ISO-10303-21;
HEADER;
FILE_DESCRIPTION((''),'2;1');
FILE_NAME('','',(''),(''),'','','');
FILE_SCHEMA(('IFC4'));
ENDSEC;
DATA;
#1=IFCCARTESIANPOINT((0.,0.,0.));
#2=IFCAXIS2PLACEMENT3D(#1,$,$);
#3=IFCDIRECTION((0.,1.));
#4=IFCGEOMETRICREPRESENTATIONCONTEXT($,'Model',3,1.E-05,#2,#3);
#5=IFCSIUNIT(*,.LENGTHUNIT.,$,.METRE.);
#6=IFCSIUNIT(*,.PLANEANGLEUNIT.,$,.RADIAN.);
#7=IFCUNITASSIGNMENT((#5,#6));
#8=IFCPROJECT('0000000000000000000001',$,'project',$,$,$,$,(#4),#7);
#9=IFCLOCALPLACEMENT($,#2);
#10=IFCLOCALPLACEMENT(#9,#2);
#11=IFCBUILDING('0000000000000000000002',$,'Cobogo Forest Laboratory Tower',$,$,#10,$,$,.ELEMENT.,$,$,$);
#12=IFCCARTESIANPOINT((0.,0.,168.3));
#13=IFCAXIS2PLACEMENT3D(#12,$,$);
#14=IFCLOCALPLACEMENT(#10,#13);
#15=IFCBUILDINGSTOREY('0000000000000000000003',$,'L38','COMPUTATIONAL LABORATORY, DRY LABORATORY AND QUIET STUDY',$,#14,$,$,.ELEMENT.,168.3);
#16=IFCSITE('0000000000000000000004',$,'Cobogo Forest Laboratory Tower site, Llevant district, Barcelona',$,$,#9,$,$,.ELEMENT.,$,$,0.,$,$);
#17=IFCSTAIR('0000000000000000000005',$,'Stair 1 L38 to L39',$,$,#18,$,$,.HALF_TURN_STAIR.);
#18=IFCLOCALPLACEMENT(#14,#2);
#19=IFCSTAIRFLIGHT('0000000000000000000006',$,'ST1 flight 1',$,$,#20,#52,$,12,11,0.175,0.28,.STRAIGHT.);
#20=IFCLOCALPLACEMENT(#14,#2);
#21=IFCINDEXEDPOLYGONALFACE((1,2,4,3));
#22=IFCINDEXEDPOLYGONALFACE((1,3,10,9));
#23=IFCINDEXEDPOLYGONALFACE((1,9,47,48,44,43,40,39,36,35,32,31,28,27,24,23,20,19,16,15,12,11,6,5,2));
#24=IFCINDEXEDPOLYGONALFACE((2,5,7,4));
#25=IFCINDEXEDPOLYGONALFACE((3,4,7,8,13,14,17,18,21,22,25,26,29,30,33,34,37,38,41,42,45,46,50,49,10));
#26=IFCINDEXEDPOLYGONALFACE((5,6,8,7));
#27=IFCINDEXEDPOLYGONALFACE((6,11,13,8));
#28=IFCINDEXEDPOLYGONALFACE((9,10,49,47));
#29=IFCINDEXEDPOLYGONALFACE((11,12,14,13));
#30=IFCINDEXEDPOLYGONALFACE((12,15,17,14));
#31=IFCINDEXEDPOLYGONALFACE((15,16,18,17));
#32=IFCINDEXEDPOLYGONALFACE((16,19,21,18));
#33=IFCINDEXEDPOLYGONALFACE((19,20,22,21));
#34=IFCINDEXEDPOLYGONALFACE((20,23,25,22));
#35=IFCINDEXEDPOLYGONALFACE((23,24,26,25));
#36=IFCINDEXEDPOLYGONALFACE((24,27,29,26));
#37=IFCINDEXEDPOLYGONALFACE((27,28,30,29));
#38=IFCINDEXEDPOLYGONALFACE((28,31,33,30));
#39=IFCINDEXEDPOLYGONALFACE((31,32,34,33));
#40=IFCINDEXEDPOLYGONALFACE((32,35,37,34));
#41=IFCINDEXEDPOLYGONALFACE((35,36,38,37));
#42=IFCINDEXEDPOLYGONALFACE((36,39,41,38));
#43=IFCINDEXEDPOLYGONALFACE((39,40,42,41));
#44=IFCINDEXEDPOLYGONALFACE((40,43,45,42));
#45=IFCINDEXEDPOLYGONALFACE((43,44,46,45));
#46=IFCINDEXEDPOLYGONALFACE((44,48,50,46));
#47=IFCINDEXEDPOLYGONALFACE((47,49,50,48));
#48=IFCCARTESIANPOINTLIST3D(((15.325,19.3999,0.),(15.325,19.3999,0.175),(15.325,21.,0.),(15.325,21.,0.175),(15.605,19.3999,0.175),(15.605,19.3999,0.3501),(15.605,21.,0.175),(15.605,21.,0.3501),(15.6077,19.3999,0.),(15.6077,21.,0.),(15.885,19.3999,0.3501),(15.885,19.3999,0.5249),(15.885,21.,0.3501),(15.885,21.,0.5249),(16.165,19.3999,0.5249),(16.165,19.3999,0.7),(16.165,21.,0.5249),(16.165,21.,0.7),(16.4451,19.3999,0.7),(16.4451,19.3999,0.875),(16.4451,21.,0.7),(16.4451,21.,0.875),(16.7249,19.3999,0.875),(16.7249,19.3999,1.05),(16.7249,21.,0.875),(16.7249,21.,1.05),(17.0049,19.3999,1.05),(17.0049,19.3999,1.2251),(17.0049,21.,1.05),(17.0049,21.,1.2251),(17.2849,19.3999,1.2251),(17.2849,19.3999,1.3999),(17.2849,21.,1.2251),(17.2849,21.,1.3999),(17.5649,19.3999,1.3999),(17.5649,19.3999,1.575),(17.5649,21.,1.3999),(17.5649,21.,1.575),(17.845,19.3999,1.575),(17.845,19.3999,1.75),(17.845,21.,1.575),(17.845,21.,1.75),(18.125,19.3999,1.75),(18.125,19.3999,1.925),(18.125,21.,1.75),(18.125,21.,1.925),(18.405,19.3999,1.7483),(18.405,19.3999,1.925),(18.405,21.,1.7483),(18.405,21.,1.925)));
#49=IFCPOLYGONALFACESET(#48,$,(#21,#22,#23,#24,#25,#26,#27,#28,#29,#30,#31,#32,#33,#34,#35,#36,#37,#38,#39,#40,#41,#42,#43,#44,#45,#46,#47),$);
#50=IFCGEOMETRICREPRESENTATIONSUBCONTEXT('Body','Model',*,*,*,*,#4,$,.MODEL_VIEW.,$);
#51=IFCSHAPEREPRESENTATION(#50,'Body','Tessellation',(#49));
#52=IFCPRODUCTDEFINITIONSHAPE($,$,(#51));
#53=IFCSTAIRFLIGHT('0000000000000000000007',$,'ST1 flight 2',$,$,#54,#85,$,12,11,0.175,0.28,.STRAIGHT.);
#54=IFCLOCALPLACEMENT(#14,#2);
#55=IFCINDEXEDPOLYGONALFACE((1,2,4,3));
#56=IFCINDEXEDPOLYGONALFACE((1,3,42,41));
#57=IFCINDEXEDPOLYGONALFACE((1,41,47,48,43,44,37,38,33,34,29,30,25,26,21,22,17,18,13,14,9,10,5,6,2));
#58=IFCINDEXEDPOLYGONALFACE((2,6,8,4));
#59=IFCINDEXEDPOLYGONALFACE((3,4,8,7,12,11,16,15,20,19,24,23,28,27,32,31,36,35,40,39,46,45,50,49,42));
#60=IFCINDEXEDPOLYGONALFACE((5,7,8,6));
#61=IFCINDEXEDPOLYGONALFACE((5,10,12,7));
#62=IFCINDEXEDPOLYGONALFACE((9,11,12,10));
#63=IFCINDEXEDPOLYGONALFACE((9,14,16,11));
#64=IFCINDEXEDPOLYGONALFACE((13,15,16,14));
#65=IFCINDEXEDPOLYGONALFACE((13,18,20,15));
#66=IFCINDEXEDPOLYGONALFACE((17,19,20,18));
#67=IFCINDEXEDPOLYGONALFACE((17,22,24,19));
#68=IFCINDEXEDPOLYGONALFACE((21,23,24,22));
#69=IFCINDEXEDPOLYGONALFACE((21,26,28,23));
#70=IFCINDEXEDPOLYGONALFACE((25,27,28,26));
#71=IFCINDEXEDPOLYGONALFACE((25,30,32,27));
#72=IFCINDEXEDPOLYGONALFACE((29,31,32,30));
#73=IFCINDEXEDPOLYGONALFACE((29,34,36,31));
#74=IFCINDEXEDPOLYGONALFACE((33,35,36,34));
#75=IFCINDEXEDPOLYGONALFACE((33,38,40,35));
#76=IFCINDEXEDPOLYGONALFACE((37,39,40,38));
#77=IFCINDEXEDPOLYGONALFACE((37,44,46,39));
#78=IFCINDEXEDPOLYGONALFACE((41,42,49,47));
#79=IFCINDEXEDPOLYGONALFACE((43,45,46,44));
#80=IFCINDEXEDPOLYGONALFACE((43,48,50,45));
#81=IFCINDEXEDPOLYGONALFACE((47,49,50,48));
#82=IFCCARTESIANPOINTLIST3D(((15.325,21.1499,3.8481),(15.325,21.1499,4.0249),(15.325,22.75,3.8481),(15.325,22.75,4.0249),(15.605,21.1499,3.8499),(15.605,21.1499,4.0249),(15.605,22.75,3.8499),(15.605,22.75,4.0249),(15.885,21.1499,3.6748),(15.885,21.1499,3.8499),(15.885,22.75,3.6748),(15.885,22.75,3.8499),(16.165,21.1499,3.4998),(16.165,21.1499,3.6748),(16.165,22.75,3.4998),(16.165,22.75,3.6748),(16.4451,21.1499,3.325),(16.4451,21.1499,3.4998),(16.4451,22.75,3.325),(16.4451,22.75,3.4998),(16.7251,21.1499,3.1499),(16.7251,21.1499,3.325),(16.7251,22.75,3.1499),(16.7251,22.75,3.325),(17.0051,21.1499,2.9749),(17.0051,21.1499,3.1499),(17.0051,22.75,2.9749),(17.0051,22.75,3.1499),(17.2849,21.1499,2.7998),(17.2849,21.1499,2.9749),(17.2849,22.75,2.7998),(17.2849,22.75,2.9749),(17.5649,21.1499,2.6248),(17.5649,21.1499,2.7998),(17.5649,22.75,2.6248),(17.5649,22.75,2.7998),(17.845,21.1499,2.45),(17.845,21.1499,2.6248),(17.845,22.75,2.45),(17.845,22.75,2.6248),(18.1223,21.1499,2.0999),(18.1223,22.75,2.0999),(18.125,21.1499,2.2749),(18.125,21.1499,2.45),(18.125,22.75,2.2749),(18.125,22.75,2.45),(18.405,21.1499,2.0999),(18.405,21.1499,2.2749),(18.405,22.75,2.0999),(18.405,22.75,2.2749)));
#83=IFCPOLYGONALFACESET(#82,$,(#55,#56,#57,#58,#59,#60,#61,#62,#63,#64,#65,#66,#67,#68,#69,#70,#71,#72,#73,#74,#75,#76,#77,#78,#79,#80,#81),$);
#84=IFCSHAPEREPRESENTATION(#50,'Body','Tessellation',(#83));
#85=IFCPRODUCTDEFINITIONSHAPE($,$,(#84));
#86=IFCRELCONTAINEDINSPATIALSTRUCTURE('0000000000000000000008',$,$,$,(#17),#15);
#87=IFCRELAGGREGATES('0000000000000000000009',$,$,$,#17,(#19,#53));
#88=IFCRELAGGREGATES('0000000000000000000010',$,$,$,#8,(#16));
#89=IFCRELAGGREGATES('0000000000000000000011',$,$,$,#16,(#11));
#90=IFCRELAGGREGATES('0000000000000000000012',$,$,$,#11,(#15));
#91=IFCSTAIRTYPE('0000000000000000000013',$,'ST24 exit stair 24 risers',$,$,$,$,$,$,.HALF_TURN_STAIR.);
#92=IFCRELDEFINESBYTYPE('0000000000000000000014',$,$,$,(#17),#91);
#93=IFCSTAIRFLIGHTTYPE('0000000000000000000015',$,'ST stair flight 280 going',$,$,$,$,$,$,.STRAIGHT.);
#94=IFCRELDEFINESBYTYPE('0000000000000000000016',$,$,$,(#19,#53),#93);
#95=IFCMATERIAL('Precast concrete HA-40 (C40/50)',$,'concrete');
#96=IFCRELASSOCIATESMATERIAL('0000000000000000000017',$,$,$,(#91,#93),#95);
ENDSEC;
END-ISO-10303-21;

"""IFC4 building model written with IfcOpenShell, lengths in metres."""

from ifc_helpers import new_model, si_unit, direction, frame, origin, place, context, subcontext, project, spatial, polyline, outline, extrude, material, type_object, element, aggregate, save


model = new_model("IFC4")

# Units and contexts
model_context = context("Model", 3, precision=1e-05, world=origin(), true_north=direction((0.0, 1.0)))
body_context = subcontext(model_context, "Body", "Model", "MODEL_VIEW")
ifc_project = project(units=[si_unit("LENGTHUNIT", "METRE"), si_unit("PLANEANGLEUNIT", "RADIAN")], contexts=[model_context])

# Site, building, storey
site_placement = place(None, origin())
site = spatial("IfcSite", under=ifc_project, at=site_placement, Name="Cobogo Forest Laboratory Tower site, Llevant district, Barcelona", CompositionType="ELEMENT", RefElevation=0.0)
building_placement = place(site_placement, origin())
building = spatial("IfcBuilding", under=site, at=building_placement, Name="Cobogo Forest Laboratory Tower", CompositionType="ELEMENT")
storey_placement = place(building_placement, frame((0.0, 0.0, 168.3)))
storey = spatial("IfcBuildingStorey", under=building, at=storey_placement, Name="L38", Description="COMPUTATIONAL LABORATORY, DRY LABORATORY AND QUIET STUDY", CompositionType="ELEMENT", Elevation=168.3)

# Stair, stair flights
ifc_material_1 = material(Name="Precast concrete HA-40 (C40/50)", Category="concrete")
stair_type = type_object("IfcStairType", Name="ST24 exit stair 24 risers", PredefinedType="HALF_TURN_STAIR", material=ifc_material_1)
stair_placement = place(storey_placement, origin())
stair = element("IfcStair", 1, at=stair_placement, inside=storey, type_object=stair_type, Name="Stair 1 L38 to L39", PredefinedType="HALF_TURN_STAIR")
stair_flight_type = type_object("IfcStairFlightType", Name="ST stair flight 280 going", PredefinedType="STRAIGHT", material=ifc_material_1)
stair_flight_1_placement = place(storey_placement, frame((15.325, 20.2, 0.0), z_axis=(0.0, 0.0, 1.0), x_axis=(1.0, 0.0, 0.0)))
stair_flight_1 = element("IfcStairFlight", 2, at=stair_flight_1_placement, type_object=stair_flight_type, Name="ST1 flight 1", NumberOfRisers=12, NumberOfTreads=11, PredefinedType="STRAIGHT", RiserHeight=0.175, TreadLength=0.28, context=body_context, shape_type="SweptSolid", body=[
    extrude(outline(polyline([(0.0, 0.0), (0.0, 0.175), (0.28, 0.175), (0.28, 0.3501), (0.5601, 0.3501), (0.5601, 0.5249), (0.8401, 0.5249), (0.8401, 0.7), (1.1201, 0.7), (1.1201, 0.875), (1.3999, 0.875), (1.3999, 1.05), (1.6799, 1.05), (1.6799, 1.2251), (1.96, 1.2251), (1.96, 1.3999), (2.24, 1.3999), (2.24, 1.575), (2.52, 1.575), (2.52, 1.75), (2.8, 1.75), (2.8, 1.925), (3.0801, 1.925), (3.0801, 2.1001), (3.0801, 1.7483), (0.2827, 0.0), (0.0, 0.0)])), frame((0.0, 0.8, 0.0), z_axis=(0.0, -1.0, 0.0), x_axis=(1.0, 0.0, 0.0)), (0.0, 0.0, 1.0), 1.6001),
])
stair_flight_2_placement = place(storey_placement, frame((18.405, 21.95, 2.0999), z_axis=(0.0, 0.0, 1.0), x_axis=(-1.0, 0.0, 0.0)))
stair_flight_2 = element("IfcStairFlight", 3, at=stair_flight_2_placement, type_object=stair_flight_type, Name="ST1 flight 2", NumberOfRisers=12, NumberOfTreads=11, PredefinedType="STRAIGHT", RiserHeight=0.175, TreadLength=0.28, context=body_context, shape_type="SweptSolid", body=[
    extrude(outline(polyline([(0.0, 0.0), (0.0, 0.175), (0.28, 0.175), (0.28, 0.3501), (0.5601, 0.3501), (0.5601, 0.5249), (0.8401, 0.5249), (0.8401, 0.7), (1.1201, 0.7), (1.1201, 0.875), (1.3999, 0.875), (1.3999, 1.05), (1.6799, 1.05), (1.6799, 1.2251), (1.96, 1.2251), (1.96, 1.3999), (2.24, 1.3999), (2.24, 1.575), (2.52, 1.575), (2.52, 1.75), (2.8, 1.75), (2.8, 1.925), (3.0801, 1.925), (3.0801, 2.1001), (3.0801, 1.7483), (0.2827, 0.0), (0.0, 0.0)])), frame((0.0, 0.8, 0.0), z_axis=(0.0, -1.0, 0.0), x_axis=(1.0, 0.0, 0.0)), (0.0, 0.0, 1.0), 1.6001),
])
aggregate(stair, [stair_flight_1, stair_flight_2])

save(model, "model.ifc")
